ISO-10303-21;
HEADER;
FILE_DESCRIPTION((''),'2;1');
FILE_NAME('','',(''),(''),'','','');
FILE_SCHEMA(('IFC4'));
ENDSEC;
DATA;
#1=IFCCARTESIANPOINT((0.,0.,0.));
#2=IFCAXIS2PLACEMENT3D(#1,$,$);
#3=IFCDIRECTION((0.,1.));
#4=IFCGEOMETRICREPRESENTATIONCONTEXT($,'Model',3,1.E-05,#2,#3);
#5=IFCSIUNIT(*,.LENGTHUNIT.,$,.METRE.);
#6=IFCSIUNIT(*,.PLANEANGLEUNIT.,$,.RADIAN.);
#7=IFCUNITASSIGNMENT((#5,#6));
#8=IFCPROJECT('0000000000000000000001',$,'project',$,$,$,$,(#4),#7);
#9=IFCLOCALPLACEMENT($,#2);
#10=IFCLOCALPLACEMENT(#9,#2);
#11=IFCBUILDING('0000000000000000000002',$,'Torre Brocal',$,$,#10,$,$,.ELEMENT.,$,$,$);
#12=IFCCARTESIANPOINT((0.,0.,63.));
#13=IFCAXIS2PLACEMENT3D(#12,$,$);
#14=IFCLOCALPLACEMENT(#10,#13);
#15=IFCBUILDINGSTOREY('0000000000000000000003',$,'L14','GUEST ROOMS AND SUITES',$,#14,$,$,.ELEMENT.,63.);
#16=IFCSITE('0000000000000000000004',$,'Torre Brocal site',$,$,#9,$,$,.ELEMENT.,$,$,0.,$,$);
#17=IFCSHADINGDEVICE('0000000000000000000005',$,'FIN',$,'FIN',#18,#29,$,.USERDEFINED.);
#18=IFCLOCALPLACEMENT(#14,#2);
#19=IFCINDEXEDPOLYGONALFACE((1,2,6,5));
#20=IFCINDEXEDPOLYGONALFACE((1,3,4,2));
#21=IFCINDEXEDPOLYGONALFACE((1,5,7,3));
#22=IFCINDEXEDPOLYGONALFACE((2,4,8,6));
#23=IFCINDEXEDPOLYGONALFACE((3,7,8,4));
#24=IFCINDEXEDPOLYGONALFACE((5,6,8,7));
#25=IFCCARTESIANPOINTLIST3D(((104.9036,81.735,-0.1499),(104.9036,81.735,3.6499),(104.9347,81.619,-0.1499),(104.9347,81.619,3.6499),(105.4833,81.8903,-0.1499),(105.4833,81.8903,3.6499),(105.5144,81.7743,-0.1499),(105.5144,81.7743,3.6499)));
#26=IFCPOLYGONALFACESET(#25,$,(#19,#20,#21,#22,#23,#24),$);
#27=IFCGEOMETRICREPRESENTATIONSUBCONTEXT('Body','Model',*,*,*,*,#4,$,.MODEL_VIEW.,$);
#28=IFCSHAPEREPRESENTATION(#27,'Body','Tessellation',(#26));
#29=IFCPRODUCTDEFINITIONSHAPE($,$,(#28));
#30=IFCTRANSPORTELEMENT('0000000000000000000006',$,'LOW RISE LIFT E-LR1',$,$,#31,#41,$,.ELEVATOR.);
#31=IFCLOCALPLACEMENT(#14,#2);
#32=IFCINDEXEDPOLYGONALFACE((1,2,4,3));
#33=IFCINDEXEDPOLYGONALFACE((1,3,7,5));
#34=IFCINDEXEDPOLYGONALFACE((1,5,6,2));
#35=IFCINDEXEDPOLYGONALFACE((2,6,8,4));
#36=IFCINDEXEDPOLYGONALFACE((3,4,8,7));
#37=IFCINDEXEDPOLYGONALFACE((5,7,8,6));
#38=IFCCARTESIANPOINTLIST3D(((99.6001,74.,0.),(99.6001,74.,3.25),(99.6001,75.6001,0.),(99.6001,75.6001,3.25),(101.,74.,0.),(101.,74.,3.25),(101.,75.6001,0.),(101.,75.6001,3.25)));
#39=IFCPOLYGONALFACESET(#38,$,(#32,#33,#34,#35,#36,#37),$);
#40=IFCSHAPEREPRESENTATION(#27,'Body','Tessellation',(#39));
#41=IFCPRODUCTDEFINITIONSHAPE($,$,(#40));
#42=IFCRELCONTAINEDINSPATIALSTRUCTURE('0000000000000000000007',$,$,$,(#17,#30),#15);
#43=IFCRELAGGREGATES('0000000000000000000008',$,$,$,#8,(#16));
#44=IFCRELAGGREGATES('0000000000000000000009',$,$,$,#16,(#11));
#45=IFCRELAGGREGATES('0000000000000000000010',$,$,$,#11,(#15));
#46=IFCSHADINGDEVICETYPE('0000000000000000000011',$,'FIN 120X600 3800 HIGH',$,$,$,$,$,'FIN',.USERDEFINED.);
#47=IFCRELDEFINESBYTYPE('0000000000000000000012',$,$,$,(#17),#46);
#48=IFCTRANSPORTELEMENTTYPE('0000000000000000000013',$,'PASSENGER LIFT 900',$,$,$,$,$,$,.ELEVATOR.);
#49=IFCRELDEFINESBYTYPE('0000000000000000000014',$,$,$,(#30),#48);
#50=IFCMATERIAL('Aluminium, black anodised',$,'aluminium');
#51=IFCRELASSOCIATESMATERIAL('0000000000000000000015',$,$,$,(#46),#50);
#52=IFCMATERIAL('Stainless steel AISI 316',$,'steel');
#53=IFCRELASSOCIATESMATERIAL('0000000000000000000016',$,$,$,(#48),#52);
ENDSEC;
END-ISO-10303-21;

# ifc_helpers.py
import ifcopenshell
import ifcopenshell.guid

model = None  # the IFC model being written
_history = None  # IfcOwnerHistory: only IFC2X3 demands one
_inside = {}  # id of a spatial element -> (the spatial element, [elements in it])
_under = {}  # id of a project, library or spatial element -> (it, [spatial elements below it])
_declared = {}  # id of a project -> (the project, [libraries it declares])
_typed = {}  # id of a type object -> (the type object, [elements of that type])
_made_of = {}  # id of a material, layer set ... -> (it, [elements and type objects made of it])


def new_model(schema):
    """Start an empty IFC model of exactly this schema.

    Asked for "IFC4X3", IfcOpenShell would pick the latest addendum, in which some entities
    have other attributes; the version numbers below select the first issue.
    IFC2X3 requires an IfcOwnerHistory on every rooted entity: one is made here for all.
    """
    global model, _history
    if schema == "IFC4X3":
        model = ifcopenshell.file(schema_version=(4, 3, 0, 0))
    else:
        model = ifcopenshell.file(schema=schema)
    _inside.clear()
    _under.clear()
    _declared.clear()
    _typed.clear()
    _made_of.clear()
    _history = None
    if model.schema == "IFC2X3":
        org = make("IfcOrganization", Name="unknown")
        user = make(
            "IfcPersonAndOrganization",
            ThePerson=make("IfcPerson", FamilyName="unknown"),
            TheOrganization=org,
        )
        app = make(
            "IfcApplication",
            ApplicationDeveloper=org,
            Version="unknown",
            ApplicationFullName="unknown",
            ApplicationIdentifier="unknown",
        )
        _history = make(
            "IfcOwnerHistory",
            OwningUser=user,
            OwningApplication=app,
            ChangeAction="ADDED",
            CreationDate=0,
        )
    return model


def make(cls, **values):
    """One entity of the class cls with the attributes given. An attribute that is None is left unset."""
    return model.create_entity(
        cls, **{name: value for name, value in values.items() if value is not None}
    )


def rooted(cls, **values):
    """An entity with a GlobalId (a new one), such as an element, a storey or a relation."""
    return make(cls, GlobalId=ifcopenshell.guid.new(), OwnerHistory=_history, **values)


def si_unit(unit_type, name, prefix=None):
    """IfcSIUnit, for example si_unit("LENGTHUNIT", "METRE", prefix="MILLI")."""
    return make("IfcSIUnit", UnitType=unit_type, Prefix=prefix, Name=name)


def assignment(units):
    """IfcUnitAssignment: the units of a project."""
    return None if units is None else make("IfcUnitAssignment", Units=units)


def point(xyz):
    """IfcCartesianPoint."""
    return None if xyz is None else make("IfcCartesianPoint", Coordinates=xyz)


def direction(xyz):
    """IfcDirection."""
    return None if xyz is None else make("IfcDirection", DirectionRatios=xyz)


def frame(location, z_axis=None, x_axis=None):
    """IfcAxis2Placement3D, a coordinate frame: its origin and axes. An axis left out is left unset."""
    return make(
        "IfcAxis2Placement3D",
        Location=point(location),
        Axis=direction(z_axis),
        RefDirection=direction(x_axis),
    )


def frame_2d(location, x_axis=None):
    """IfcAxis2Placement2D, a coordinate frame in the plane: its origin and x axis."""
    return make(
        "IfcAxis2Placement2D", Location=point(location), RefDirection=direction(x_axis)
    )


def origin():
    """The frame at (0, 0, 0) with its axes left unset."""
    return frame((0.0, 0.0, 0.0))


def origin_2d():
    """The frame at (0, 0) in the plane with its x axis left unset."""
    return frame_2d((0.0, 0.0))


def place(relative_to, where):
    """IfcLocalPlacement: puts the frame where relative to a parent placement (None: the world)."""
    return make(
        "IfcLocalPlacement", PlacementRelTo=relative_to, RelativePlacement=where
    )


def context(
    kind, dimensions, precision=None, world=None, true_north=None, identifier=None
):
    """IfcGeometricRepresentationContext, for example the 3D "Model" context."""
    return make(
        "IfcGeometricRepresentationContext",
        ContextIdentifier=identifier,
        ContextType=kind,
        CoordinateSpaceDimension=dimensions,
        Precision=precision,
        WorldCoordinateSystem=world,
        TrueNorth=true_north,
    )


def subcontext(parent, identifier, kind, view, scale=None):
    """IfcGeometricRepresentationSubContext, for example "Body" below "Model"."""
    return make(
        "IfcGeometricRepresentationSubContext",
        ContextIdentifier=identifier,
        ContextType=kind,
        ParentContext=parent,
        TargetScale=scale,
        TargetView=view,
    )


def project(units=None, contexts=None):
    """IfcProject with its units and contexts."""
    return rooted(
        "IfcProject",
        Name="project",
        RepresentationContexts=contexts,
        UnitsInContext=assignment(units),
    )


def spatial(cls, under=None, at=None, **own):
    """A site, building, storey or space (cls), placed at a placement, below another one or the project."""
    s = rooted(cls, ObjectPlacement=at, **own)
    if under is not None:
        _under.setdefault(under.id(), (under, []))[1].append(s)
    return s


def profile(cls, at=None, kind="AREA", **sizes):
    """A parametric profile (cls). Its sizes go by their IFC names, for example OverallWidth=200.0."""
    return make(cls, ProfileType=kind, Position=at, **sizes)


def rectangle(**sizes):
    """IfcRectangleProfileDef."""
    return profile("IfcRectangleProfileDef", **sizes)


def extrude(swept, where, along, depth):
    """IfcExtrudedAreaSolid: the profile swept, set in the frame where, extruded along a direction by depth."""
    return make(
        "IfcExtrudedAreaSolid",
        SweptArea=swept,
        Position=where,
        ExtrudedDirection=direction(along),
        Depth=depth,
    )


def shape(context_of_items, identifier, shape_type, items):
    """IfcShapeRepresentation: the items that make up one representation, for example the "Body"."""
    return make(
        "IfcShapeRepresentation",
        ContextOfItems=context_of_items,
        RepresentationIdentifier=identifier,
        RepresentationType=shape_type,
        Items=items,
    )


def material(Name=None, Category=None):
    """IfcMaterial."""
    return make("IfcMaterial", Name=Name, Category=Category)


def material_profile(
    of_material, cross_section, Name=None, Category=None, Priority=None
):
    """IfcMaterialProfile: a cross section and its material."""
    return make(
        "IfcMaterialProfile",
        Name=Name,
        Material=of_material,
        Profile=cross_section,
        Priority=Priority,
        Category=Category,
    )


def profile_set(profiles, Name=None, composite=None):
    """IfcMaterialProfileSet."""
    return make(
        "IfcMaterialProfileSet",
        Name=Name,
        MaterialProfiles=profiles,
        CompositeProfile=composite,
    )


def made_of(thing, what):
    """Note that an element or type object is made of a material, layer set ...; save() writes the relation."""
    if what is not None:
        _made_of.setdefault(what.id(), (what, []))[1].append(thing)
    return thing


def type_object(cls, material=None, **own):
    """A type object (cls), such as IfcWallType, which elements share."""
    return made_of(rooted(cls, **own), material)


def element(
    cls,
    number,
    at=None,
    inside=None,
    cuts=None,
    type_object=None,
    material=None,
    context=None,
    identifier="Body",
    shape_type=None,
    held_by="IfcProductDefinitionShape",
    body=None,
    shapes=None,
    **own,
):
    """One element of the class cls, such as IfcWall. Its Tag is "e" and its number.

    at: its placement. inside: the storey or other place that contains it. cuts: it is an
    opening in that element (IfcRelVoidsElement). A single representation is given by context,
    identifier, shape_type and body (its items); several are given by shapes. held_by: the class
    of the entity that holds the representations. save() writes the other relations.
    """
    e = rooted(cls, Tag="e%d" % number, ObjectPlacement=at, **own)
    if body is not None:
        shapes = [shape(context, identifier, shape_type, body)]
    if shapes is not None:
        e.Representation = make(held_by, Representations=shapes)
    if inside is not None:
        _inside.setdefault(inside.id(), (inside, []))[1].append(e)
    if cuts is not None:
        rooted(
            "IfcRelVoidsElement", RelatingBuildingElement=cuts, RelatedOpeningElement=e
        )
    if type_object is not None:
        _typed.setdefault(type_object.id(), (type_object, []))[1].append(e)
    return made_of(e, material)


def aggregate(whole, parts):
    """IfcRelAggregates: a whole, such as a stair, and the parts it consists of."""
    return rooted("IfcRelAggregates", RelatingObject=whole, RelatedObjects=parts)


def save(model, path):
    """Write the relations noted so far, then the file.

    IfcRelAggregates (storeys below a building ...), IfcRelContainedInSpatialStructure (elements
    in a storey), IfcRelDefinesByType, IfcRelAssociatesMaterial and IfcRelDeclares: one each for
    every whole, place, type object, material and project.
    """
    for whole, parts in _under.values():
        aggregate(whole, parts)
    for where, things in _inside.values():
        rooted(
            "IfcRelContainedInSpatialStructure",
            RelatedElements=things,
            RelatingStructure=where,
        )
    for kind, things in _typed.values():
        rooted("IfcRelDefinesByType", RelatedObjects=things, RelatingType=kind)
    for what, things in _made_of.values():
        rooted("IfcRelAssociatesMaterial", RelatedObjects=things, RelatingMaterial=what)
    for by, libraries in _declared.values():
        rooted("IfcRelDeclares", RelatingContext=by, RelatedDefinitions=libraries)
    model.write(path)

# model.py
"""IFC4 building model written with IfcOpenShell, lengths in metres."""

from ifc_helpers import new_model, si_unit, direction, frame, origin, origin_2d, place, context, subcontext, project, spatial, rectangle, extrude, material, material_profile, profile_set, type_object, element, save


model = new_model("IFC4")

# Units and contexts
model_context = context("Model", 3, precision=1e-05, world=origin(), true_north=direction((0.0, 1.0)))
body_context = subcontext(model_context, "Body", "Model", "MODEL_VIEW")
ifc_project = project(units=[si_unit("LENGTHUNIT", "METRE"), si_unit("PLANEANGLEUNIT", "RADIAN")], contexts=[model_context])

# Site, building, storey
site_placement = place(None, origin())
site = spatial("IfcSite", under=ifc_project, at=site_placement, Name="Torre Brocal site", CompositionType="ELEMENT", RefElevation=0.0)
building_placement = place(site_placement, origin())
building = spatial("IfcBuilding", under=site, at=building_placement, Name="Torre Brocal", CompositionType="ELEMENT")
storey_placement = place(building_placement, frame((0.0, 0.0, 63.0)))
storey = spatial("IfcBuildingStorey", under=building, at=storey_placement, Name="L14", Description="GUEST ROOMS AND SUITES", CompositionType="ELEMENT", Elevation=63.0)

# Shading device
ifc_material_1 = material(Name="Aluminium, black anodised", Category="aluminium")
ifc_material_profile_1 = material_profile(ifc_material_1, rectangle(XDim=0.1201, YDim=0.6001, at=origin_2d()), Name="FIN 120X600 3800 HIGH")
ifc_profile_set_1 = profile_set([ifc_material_profile_1], Name="Aluminium, black anodised")
shading_device_type = type_object("IfcShadingDeviceType", Name="FIN 120X600 3800 HIGH", ElementType="FIN", PredefinedType="USERDEFINED", material=ifc_profile_set_1)
shading_device_placement = place(storey_placement, frame((105.209, 81.7546, -0.1499), z_axis=(0.0, 0.0, 1.0), x_axis=(-0.258819, 0.965926, 0.0)))
element("IfcShadingDevice", 1, at=shading_device_placement, inside=storey, type_object=shading_device_type, Name="FIN", ObjectType="FIN", PredefinedType="USERDEFINED", context=body_context, shape_type="SweptSolid", body=[
    extrude(rectangle(XDim=0.1201, YDim=0.6001, at=origin_2d()), origin(), (0.0, 0.0, 1.0), 3.7998),
])

# Transport element
ifc_material_2 = material(Name="Stainless steel AISI 316", Category="steel")
transport_element_type = type_object("IfcTransportElementType", Name="PASSENGER LIFT 900", PredefinedType="ELEVATOR", material=ifc_material_2)
transport_element_placement = place(storey_placement, frame((100.3, 74.8, 0.0), z_axis=(0.0, 0.0, 1.0), x_axis=(1.0, 0.0, 0.0)))
element("IfcTransportElement", 2, at=transport_element_placement, inside=storey, type_object=transport_element_type, Name="LOW RISE LIFT E-LR1", PredefinedType="ELEVATOR", context=body_context, shape_type="SweptSolid", body=[
    extrude(rectangle(XDim=1.3999, YDim=1.6001, at=origin_2d()), origin(), (0.0, 0.0, 1.0), 3.25),
])

save(model, "model.ifc")
